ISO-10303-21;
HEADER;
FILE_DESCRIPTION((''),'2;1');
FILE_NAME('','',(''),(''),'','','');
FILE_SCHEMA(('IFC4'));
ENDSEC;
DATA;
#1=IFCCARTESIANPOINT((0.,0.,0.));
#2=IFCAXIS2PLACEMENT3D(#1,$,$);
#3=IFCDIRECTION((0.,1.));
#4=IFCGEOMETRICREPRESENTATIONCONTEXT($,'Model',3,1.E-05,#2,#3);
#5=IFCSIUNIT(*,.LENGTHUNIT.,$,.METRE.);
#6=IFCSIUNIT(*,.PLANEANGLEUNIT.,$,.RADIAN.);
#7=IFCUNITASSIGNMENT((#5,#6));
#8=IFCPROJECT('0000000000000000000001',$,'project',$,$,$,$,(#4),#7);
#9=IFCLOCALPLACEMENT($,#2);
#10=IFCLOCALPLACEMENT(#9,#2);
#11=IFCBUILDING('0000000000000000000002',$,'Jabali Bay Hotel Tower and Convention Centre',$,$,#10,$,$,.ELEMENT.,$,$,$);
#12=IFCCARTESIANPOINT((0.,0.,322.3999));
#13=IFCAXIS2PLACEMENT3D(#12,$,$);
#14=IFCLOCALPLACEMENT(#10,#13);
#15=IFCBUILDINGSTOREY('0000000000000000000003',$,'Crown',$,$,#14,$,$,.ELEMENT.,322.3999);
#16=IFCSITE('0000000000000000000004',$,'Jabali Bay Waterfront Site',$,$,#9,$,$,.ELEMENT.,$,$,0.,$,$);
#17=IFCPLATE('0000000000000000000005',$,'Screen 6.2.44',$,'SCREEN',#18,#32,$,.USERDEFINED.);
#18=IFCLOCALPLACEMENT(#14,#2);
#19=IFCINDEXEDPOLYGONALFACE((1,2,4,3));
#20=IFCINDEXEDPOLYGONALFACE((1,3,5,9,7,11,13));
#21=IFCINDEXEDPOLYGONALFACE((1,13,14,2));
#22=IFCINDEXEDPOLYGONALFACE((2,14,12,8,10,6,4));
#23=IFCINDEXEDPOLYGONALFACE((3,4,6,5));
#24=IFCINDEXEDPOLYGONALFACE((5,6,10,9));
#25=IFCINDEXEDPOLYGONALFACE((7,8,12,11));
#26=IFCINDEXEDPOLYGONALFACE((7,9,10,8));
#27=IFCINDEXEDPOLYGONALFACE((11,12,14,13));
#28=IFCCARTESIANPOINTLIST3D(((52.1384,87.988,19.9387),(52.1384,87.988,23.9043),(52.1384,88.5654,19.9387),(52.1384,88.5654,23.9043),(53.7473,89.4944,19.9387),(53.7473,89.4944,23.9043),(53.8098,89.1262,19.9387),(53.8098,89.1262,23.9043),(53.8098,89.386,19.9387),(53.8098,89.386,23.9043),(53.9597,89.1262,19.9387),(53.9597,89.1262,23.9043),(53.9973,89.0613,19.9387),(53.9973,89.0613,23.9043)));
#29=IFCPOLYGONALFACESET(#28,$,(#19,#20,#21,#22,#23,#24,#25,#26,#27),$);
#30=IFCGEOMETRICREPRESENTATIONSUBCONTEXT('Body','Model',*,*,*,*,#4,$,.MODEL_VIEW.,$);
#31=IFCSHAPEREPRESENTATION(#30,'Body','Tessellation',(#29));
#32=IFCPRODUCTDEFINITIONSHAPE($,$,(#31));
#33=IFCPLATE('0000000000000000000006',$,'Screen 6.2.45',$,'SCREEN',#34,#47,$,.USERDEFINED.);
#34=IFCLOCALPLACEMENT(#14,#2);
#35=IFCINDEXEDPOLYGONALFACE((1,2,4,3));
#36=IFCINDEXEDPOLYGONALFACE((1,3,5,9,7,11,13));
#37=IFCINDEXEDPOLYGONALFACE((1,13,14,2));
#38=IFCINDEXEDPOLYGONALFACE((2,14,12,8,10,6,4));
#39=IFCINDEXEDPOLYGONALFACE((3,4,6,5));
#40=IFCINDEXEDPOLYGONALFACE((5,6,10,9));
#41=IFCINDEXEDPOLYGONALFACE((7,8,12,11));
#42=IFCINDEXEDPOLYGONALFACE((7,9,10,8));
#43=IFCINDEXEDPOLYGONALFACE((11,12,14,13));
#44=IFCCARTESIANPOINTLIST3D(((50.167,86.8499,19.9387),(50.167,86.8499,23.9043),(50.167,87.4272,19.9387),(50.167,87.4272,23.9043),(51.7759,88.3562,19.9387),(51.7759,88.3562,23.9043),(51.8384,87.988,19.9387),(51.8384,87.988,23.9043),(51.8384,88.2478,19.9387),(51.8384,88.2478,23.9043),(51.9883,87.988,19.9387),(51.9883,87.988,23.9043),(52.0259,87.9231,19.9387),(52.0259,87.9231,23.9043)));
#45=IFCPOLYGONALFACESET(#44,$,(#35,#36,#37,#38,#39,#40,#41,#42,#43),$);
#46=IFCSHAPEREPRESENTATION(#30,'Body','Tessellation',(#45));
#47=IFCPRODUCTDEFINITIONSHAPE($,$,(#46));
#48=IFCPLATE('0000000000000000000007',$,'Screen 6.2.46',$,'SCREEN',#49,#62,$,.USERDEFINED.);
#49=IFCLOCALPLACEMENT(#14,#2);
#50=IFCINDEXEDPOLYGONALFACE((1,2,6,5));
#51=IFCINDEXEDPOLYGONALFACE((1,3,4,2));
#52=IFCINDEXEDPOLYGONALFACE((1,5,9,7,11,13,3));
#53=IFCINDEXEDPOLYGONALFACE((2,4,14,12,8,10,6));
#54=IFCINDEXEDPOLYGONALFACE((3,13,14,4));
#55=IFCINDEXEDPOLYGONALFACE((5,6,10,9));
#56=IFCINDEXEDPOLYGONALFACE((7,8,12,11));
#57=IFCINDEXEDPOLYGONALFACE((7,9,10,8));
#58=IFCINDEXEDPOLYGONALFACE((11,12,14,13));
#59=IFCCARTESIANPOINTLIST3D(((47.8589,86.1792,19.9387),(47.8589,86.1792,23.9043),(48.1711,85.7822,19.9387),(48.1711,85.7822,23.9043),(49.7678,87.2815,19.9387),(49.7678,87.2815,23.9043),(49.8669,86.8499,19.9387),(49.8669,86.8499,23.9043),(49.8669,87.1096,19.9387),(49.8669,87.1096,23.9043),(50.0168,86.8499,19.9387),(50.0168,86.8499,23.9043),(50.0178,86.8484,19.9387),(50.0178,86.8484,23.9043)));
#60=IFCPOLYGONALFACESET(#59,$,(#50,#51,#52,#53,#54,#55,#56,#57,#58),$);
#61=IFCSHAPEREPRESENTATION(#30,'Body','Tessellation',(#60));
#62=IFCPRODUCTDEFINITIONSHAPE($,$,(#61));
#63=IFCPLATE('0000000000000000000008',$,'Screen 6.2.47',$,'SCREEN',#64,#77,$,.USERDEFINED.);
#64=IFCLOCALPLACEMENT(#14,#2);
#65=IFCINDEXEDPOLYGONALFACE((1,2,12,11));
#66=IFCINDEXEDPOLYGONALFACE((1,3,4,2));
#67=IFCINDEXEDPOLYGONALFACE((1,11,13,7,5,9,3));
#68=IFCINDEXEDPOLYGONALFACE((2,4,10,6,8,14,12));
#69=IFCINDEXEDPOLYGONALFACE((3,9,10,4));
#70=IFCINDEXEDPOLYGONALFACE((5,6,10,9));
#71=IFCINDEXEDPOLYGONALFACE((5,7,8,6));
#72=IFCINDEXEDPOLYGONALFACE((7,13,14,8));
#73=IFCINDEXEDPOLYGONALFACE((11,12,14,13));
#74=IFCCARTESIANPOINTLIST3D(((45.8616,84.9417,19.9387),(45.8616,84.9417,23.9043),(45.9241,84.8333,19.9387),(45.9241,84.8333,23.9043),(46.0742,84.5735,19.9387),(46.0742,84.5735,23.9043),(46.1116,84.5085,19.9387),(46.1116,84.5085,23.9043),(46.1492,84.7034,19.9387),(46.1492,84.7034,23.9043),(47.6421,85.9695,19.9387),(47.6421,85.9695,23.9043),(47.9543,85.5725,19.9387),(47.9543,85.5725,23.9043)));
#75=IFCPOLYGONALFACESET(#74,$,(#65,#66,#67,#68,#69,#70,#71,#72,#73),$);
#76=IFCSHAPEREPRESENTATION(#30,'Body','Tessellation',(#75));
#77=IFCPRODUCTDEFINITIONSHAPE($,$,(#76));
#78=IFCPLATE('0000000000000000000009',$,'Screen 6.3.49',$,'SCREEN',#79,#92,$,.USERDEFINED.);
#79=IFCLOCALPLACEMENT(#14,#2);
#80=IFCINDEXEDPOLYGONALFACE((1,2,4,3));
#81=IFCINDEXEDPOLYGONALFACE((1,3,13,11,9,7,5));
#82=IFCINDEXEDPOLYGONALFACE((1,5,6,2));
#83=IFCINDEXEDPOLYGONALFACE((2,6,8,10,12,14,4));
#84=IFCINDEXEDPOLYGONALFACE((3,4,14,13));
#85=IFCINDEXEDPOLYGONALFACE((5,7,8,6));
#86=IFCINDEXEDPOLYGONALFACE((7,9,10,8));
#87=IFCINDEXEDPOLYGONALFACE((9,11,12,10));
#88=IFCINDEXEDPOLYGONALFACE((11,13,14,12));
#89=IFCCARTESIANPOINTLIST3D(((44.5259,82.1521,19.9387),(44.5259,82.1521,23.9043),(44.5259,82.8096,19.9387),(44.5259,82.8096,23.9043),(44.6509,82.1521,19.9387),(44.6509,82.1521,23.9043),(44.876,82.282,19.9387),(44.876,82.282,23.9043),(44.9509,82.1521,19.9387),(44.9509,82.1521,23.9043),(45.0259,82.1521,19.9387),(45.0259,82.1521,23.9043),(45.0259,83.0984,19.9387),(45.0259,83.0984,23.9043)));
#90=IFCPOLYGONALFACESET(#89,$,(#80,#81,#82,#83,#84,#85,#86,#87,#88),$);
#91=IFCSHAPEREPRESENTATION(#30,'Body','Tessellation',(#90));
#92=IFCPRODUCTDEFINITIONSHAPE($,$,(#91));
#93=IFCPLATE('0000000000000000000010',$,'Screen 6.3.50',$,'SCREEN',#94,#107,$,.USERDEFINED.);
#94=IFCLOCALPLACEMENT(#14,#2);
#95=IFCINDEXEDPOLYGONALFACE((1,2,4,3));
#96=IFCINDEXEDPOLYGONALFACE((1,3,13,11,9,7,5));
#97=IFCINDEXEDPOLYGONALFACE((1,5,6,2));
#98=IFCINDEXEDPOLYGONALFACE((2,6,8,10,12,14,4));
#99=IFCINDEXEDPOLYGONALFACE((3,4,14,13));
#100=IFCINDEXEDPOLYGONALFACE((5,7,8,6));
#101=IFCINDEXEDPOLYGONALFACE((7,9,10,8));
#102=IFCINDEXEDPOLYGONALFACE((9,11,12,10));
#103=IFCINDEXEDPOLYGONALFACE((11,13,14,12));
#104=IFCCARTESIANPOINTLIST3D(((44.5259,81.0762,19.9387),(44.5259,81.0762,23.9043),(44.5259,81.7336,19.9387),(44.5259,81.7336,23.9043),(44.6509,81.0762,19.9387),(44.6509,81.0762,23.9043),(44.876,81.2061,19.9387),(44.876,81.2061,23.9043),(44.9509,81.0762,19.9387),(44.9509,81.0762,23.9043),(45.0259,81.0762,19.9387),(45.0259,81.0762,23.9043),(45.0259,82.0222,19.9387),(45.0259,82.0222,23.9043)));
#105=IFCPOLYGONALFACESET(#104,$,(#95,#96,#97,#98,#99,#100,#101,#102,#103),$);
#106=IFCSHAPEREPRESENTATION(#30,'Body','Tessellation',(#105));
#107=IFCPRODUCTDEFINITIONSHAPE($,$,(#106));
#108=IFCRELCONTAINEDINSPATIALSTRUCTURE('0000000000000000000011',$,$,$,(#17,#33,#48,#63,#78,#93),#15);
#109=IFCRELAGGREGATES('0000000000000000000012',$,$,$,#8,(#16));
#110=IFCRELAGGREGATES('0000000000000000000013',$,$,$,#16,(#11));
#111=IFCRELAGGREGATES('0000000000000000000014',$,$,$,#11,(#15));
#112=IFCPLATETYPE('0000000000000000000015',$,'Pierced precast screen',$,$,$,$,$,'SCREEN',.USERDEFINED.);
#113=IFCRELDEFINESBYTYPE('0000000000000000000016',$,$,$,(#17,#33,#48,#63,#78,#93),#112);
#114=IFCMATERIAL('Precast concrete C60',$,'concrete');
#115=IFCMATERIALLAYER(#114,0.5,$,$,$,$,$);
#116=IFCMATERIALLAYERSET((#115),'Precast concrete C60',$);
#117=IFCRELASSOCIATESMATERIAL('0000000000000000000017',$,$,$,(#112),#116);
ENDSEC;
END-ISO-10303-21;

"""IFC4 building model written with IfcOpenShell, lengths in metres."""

from ifc_helpers import new_model, si_unit, direction, frame, origin, place, context, subcontext, project, spatial, polyline, outline, extrude, material, layer, layer_set, type_object, element, save


model = new_model("IFC4")

# Units and contexts
model_context = context("Model", 3, precision=1e-05, world=origin(), true_north=direction((0.0, 1.0)))
body_context = subcontext(model_context, "Body", "Model", "MODEL_VIEW")
ifc_project = project(units=[si_unit("LENGTHUNIT", "METRE"), si_unit("PLANEANGLEUNIT", "RADIAN")], contexts=[model_context])

# Site, building, storey
site_placement = place(None, origin())
site = spatial("IfcSite", under=ifc_project, at=site_placement, Name="Jabali Bay Waterfront Site", CompositionType="ELEMENT", RefElevation=0.0)
building_placement = place(site_placement, origin())
building = spatial("IfcBuilding", under=site, at=building_placement, Name="Jabali Bay Hotel Tower and Convention Centre", CompositionType="ELEMENT")
storey_placement = place(building_placement, frame((0.0, 0.0, 322.3999)))
storey = spatial("IfcBuildingStorey", under=building, at=storey_placement, Name="Crown", CompositionType="ELEMENT", Elevation=322.3999)

# Plates
ifc_material = material(Name="Precast concrete C60", Category="concrete")
ifc_layer = layer(ifc_material, 0.5)
ifc_layer_set = layer_set([ifc_layer], Name="Precast concrete C60")
plate_type = type_object("IfcPlateType", Name="Pierced precast screen", ElementType="SCREEN", PredefinedType="USERDEFINED", material=ifc_layer_set)
plate_1_placement = place(storey_placement, frame((0.0, 0.0, 19.9387)))
element("IfcPlate", 1, at=plate_1_placement, inside=storey, type_object=plate_type, Name="Screen 6.2.44", ObjectType="SCREEN", PredefinedType="USERDEFINED", context=body_context, shape_type="SweptSolid", body=[
    extrude(outline(polyline([(52.1384, 87.988), (53.9973, 89.0613), (53.9597, 89.1262), (53.8098, 89.1262), (53.8098, 89.386), (53.7473, 89.4944), (52.1384, 88.5654), (52.1384, 87.988)])), origin(), (0.0, 0.0, 1.0), 3.9656),
])
plate_2_placement = place(storey_placement, frame((0.0, 0.0, 19.9387)))
element("IfcPlate", 2, at=plate_2_placement, inside=storey, type_object=plate_type, Name="Screen 6.2.45", ObjectType="SCREEN", PredefinedType="USERDEFINED", context=body_context, shape_type="SweptSolid", body=[
    extrude(outline(polyline([(50.167, 86.8499), (52.0259, 87.9231), (51.9883, 87.988), (51.8384, 87.988), (51.8384, 88.2478), (51.7759, 88.3562), (50.167, 87.4272), (50.167, 86.8499)])), origin(), (0.0, 0.0, 1.0), 3.9656),
])
plate_3_placement = place(storey_placement, frame((0.0, 0.0, 19.9387)))
element("IfcPlate", 3, at=plate_3_placement, inside=storey, type_object=plate_type, Name="Screen 6.2.46", ObjectType="SCREEN", PredefinedType="USERDEFINED", context=body_context, shape_type="SweptSolid", body=[
    extrude(outline(polyline([(48.1711, 85.7822), (50.0178, 86.8484), (50.0168, 86.8499), (49.8669, 86.8499), (49.8669, 87.1096), (49.7678, 87.2815), (47.8589, 86.1792), (48.1711, 85.7822)])), origin(), (0.0, 0.0, 1.0), 3.9656),
])
plate_4_placement = place(storey_placement, frame((0.0, 0.0, 19.9387)))
element("IfcPlate", 4, at=plate_4_placement, inside=storey, type_object=plate_type, Name="Screen 6.2.47", ObjectType="SCREEN", PredefinedType="USERDEFINED", context=body_context, shape_type="SweptSolid", body=[
    extrude(outline(polyline([(46.1116, 84.5085), (47.9543, 85.5725), (47.6421, 85.9695), (45.8616, 84.9417), (45.9241, 84.8333), (46.1492, 84.7034), (46.0742, 84.5735), (46.1116, 84.5085)])), origin(), (0.0, 0.0, 1.0), 3.9656),
])
plate_5_placement = place(storey_placement, frame((0.0, 0.0, 19.9387)))
element("IfcPlate", 5, at=plate_5_placement, inside=storey, type_object=plate_type, Name="Screen 6.3.49", ObjectType="SCREEN", PredefinedType="USERDEFINED", context=body_context, shape_type="SweptSolid", body=[
    extrude(outline(polyline([(45.0259, 82.1521), (45.0259, 83.0984), (44.5259, 82.8096), (44.5259, 82.1521), (44.6509, 82.1521), (44.876, 82.282), (44.9509, 82.1521), (45.0259, 82.1521)])), origin(), (0.0, 0.0, 1.0), 3.9656),
])
plate_6_placement = place(storey_placement, frame((0.0, 0.0, 19.9387)))
element("IfcPlate", 6, at=plate_6_placement, inside=storey, type_object=plate_type, Name="Screen 6.3.50", ObjectType="SCREEN", PredefinedType="USERDEFINED", context=body_context, shape_type="SweptSolid", body=[
    extrude(outline(polyline([(45.0259, 81.0762), (45.0259, 82.0222), (44.5259, 81.7336), (44.5259, 81.0762), (44.6509, 81.0762), (44.876, 81.2061), (44.9509, 81.0762), (45.0259, 81.0762)])), origin(), (0.0, 0.0, 1.0), 3.9656),
])

save(model, "model.ifc")
